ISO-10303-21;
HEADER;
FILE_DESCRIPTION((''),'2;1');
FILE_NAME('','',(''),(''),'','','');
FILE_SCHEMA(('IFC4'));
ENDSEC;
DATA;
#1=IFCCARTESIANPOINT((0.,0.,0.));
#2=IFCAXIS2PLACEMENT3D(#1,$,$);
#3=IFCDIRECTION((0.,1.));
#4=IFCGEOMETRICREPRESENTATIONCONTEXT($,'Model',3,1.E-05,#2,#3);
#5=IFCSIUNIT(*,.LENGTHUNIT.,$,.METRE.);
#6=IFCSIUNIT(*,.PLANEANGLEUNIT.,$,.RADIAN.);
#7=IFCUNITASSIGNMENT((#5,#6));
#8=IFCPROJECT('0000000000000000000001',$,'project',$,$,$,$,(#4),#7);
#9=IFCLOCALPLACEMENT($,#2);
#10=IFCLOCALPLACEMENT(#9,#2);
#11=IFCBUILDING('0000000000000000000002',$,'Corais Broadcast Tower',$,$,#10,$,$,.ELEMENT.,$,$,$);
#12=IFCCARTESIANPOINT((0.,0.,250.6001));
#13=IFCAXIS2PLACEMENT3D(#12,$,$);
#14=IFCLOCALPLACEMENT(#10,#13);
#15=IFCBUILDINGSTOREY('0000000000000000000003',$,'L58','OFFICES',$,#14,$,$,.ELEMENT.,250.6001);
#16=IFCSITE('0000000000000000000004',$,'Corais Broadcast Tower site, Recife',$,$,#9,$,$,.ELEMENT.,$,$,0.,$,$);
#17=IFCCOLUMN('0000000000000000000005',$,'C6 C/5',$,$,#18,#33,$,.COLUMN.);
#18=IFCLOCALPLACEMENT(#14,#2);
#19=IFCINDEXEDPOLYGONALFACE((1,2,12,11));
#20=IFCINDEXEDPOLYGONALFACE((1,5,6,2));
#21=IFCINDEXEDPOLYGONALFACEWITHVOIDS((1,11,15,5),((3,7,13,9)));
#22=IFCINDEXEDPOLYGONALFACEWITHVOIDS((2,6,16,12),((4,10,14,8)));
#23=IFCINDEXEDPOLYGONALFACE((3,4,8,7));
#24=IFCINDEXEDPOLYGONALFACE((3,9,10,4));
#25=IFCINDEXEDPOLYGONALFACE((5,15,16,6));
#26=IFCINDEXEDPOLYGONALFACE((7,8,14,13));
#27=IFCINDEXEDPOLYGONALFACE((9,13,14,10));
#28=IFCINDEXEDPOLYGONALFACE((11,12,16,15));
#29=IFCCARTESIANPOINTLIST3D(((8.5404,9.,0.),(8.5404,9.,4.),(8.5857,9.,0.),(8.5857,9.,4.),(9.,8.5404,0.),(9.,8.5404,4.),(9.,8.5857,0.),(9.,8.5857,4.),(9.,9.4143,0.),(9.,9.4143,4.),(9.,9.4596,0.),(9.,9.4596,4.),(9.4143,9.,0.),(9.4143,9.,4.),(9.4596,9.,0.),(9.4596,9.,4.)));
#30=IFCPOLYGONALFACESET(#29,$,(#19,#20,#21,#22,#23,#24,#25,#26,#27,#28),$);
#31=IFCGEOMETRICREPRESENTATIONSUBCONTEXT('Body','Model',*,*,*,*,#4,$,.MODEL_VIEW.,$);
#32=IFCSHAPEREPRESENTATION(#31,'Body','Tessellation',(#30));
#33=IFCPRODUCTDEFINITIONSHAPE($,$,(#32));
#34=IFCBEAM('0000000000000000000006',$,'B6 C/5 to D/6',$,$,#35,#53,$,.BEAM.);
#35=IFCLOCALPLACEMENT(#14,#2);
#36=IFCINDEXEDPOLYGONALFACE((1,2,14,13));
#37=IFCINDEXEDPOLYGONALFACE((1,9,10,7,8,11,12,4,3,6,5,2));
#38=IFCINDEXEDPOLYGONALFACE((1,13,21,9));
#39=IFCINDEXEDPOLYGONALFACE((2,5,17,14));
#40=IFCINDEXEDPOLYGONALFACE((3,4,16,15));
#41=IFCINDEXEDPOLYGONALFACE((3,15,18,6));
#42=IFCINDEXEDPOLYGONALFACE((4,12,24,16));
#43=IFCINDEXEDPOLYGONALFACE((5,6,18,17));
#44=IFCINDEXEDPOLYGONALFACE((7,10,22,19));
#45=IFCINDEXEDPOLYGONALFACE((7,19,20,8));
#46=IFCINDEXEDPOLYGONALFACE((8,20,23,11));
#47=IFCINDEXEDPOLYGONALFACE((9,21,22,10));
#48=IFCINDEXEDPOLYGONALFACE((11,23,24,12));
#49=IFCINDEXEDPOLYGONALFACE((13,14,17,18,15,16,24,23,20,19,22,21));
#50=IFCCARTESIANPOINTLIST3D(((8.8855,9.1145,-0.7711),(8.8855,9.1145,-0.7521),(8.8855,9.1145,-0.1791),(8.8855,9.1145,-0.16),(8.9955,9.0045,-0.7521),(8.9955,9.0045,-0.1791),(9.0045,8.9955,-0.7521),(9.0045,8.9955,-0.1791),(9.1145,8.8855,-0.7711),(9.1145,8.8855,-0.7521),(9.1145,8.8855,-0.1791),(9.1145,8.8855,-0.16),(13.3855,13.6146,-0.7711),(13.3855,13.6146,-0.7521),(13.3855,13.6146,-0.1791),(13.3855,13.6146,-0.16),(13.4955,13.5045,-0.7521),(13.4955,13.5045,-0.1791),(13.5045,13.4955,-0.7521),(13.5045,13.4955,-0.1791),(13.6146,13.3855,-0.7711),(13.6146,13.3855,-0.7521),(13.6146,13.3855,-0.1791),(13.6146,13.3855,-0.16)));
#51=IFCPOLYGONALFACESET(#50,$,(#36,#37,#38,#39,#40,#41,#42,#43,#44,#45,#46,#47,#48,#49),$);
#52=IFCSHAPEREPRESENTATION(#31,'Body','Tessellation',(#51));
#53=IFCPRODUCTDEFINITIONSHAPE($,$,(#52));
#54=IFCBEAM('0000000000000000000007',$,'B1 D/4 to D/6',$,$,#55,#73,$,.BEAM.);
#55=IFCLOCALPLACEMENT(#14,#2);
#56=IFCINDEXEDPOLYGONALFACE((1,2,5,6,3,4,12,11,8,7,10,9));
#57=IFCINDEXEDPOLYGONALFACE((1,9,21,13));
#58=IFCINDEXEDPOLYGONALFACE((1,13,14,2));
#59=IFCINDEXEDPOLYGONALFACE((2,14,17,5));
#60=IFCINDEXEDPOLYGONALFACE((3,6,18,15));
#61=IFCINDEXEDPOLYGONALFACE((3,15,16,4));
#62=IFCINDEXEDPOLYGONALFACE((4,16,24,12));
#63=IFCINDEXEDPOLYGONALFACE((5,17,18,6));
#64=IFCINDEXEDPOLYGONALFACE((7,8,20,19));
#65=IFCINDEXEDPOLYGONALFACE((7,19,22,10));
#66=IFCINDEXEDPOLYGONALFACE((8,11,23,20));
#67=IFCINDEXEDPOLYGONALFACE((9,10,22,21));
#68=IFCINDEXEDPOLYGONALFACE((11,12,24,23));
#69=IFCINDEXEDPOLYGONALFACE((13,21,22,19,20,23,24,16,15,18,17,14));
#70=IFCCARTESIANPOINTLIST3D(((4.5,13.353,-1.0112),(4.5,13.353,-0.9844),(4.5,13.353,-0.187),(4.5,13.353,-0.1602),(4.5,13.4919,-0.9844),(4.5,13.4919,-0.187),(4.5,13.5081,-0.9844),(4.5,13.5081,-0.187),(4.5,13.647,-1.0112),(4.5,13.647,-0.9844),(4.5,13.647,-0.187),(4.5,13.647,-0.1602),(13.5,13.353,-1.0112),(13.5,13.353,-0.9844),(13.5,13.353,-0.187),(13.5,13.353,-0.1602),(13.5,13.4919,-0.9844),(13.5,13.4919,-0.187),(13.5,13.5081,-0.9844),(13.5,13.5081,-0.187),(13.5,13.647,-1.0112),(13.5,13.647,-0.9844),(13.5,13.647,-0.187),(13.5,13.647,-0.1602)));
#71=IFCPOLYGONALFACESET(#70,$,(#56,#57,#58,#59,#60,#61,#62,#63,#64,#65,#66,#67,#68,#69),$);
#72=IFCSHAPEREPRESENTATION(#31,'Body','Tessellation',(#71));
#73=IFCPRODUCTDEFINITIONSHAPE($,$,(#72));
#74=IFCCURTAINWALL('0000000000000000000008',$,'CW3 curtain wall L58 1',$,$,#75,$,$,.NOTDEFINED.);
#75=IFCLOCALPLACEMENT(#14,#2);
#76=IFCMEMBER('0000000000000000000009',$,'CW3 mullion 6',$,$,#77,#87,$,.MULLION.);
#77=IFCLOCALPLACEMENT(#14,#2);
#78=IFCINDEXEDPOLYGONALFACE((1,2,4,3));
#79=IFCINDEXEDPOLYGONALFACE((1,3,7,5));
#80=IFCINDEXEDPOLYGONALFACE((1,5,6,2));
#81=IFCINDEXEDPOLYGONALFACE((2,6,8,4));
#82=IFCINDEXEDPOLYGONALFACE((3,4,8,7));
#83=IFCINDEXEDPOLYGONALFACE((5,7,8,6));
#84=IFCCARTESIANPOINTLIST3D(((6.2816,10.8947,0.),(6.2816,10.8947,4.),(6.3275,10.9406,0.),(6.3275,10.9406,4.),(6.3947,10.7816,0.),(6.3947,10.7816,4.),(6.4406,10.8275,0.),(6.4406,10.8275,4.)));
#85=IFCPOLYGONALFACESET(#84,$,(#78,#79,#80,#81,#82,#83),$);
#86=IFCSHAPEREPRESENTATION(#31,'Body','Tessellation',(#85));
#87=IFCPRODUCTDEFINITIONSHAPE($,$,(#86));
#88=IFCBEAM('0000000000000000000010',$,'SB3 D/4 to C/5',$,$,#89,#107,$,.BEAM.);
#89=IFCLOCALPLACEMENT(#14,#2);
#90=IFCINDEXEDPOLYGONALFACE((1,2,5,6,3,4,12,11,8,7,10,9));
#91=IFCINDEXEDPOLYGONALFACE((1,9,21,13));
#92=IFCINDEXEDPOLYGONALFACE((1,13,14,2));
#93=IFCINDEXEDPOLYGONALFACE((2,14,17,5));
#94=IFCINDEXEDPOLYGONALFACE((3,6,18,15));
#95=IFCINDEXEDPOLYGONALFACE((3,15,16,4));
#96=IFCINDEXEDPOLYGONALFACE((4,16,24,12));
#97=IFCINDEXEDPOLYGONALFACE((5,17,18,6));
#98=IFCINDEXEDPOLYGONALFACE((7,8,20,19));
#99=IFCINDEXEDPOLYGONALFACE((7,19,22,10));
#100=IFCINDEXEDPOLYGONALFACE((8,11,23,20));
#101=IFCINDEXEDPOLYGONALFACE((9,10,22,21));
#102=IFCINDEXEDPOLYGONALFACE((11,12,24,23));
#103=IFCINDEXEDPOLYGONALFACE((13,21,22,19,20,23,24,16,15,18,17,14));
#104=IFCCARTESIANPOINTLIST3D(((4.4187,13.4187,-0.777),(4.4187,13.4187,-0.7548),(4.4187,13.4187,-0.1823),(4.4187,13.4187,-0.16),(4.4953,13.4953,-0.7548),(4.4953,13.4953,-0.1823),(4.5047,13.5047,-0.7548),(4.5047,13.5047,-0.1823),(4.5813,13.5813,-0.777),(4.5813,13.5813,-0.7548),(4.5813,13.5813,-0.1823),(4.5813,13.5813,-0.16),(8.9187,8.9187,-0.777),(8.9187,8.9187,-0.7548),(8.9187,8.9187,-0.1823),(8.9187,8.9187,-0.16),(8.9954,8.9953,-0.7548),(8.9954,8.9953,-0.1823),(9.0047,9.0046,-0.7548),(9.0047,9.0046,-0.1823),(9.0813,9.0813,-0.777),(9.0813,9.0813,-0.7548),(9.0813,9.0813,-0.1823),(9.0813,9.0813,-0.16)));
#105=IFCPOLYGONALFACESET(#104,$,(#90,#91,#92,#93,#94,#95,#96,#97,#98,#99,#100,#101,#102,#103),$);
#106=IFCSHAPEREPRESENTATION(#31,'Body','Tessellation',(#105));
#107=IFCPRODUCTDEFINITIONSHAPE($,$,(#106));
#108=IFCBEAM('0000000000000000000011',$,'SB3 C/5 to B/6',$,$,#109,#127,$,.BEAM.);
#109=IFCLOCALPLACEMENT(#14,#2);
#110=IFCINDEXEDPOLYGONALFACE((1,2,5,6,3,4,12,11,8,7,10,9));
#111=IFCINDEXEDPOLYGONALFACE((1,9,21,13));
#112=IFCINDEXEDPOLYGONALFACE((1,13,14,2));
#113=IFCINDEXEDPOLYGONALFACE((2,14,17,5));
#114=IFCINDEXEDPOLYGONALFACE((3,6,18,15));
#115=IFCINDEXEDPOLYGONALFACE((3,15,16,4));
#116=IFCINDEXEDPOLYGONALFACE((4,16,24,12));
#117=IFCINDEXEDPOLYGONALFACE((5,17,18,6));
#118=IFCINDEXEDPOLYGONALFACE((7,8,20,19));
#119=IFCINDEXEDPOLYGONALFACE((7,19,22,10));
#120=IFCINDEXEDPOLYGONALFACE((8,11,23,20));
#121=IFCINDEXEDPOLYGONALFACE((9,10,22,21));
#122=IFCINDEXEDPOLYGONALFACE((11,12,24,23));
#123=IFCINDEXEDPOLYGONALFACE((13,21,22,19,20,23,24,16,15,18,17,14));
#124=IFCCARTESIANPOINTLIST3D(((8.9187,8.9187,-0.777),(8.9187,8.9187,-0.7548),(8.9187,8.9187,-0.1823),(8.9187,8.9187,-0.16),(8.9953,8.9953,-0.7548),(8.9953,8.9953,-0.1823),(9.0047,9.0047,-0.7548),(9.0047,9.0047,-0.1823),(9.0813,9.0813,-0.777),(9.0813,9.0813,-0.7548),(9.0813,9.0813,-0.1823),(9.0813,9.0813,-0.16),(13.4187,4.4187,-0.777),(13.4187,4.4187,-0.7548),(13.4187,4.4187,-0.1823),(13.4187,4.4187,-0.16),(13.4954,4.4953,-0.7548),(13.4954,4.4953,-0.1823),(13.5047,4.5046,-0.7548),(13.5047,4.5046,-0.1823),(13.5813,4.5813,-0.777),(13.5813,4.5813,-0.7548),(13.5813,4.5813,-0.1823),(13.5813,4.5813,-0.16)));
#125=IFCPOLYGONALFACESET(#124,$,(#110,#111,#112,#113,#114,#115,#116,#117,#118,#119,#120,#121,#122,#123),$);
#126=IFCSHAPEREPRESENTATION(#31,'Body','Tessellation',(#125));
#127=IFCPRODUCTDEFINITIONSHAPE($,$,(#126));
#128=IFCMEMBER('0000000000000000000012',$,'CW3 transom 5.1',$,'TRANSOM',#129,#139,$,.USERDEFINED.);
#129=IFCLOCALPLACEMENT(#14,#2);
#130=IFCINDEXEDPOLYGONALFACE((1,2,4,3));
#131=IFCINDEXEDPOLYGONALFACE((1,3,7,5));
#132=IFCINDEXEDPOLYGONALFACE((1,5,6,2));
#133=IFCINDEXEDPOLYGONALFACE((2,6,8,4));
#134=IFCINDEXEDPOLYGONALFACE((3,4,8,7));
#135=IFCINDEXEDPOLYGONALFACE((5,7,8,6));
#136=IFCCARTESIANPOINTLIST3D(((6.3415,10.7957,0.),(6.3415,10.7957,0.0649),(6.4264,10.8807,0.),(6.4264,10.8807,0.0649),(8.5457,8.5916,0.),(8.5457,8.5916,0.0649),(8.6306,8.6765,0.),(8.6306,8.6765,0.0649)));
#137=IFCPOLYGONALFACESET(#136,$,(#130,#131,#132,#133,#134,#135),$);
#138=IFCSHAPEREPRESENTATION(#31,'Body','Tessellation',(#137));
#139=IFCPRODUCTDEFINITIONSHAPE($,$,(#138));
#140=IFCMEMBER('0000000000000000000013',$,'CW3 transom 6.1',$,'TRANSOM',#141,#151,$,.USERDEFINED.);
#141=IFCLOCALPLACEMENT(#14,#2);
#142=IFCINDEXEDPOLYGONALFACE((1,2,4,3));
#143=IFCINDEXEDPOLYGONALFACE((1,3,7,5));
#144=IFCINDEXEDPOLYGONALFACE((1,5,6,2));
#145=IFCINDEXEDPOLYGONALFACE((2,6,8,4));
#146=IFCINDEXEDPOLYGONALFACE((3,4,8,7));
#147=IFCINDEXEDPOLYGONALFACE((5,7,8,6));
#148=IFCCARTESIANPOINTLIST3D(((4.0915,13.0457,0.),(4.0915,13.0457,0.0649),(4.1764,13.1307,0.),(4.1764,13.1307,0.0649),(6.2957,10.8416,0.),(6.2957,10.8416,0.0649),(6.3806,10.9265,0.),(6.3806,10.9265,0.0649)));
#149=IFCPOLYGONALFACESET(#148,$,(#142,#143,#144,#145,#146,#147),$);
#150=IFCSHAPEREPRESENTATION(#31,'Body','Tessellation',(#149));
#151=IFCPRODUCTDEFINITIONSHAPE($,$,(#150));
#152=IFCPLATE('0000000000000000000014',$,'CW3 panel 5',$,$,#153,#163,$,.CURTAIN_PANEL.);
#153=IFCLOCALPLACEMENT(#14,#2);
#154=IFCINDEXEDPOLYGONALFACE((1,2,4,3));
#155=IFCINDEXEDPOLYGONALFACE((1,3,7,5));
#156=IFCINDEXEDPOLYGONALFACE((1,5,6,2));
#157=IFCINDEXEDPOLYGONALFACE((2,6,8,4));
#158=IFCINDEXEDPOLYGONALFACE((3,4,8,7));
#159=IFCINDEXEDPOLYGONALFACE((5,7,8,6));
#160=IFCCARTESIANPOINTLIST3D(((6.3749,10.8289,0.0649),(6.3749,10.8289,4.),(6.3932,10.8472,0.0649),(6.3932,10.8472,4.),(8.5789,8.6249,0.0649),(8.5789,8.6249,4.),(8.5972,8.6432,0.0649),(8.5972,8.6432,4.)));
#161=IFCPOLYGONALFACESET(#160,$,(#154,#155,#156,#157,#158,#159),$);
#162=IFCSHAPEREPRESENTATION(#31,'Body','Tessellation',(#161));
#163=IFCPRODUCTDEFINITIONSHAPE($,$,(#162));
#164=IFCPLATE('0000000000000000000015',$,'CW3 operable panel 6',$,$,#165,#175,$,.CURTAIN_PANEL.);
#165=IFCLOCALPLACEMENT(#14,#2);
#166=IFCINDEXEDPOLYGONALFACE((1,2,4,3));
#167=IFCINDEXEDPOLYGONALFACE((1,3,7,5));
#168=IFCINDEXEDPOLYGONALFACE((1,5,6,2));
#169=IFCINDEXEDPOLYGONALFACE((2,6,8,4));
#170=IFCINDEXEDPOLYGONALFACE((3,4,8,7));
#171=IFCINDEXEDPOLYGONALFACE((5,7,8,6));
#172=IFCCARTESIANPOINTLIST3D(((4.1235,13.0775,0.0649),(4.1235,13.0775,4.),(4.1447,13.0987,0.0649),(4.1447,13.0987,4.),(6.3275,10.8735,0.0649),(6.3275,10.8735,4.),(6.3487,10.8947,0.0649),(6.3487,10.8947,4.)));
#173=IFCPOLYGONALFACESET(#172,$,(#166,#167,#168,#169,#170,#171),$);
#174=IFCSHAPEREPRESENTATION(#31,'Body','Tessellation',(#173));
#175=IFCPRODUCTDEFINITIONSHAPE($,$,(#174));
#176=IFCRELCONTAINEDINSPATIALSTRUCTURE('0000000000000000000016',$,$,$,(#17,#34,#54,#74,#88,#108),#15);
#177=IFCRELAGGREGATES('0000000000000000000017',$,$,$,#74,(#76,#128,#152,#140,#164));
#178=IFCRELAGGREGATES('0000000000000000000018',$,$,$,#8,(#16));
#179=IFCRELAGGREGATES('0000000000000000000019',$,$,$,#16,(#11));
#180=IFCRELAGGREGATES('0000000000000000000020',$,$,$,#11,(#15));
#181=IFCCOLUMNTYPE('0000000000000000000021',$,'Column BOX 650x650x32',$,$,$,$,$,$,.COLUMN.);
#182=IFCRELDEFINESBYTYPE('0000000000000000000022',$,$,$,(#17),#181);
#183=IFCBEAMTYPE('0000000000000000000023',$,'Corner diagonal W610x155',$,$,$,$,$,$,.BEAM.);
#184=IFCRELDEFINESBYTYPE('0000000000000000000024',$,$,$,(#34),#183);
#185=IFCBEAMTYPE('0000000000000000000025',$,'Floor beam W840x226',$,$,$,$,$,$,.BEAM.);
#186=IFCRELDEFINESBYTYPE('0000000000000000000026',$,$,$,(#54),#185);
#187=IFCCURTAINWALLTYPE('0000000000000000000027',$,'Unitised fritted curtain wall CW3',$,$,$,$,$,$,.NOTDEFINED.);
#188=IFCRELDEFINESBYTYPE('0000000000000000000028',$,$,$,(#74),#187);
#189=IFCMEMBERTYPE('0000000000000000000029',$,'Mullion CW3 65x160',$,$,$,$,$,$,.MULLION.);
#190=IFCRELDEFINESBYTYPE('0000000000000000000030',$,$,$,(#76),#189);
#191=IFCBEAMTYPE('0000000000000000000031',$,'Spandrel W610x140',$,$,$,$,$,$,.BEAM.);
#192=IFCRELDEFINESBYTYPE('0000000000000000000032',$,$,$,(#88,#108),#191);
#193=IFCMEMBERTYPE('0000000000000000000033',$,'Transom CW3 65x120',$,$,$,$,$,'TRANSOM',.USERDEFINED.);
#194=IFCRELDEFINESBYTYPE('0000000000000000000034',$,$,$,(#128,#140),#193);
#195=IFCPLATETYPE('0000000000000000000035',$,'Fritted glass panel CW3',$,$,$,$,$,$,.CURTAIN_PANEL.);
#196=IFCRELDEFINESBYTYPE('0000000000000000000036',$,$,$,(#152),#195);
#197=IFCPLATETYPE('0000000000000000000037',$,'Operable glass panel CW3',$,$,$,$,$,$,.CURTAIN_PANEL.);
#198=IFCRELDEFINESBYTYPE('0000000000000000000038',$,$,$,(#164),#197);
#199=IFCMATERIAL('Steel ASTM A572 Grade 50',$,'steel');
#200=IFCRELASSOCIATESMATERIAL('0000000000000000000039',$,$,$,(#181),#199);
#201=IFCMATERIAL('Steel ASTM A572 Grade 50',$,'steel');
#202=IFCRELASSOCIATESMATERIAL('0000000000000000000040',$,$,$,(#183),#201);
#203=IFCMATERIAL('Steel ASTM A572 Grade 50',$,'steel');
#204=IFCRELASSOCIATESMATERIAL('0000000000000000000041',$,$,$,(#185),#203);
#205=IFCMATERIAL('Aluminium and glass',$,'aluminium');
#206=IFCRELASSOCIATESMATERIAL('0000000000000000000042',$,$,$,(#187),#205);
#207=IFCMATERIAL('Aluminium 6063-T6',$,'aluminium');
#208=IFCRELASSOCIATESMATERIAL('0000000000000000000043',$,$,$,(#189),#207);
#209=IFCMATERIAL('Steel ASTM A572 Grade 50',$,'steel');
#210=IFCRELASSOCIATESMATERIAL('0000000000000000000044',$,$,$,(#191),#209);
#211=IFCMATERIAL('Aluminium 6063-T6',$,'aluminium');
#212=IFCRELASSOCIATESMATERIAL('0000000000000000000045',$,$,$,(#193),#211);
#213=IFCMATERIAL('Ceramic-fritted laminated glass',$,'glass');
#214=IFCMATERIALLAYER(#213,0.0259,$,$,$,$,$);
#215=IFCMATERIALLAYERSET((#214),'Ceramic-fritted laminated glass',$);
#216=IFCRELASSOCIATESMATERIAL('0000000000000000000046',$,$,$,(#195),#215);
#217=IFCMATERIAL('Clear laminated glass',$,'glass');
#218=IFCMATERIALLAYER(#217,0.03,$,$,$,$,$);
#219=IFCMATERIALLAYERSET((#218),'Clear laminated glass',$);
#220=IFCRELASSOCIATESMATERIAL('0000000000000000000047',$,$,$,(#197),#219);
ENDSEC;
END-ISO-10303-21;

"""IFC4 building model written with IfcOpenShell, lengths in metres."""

from ifc_helpers import new_model, si_unit, direction, frame, origin, origin_2d, place, context, subcontext, project, spatial, rectangle, hollow_rectangle, i_section, extrude, material, layer, layer_set, material_profile, profile_set, type_object, element, aggregate, save


model = new_model("IFC4")

# Units and contexts
model_context = context("Model", 3, precision=1e-05, world=origin(), true_north=direction((0.0, 1.0)))
body_context = subcontext(model_context, "Body", "Model", "MODEL_VIEW")
ifc_project = project(units=[si_unit("LENGTHUNIT", "METRE"), si_unit("PLANEANGLEUNIT", "RADIAN")], contexts=[model_context])

# Site, building, storey
site_placement = place(None, origin())
site = spatial("IfcSite", under=ifc_project, at=site_placement, Name="Corais Broadcast Tower site, Recife", CompositionType="ELEMENT", RefElevation=0.0)
building_placement = place(site_placement, origin())
building = spatial("IfcBuilding", under=site, at=building_placement, Name="Corais Broadcast Tower", CompositionType="ELEMENT")
storey_placement = place(building_placement, frame((0.0, 0.0, 250.6001)))
storey = spatial("IfcBuildingStorey", under=building, at=storey_placement, Name="L58", Description="OFFICES", CompositionType="ELEMENT", Elevation=250.6001)

# Column
ifc_material_1 = material(Name="Steel ASTM A572 Grade 50", Category="steel")
ifc_material_profile_1 = material_profile(ifc_material_1, hollow_rectangle(XDim=0.6499, YDim=0.6499, WallThickness=0.032, at=origin_2d()), Name="BOX 650x650x32")
ifc_profile_set_1 = profile_set([ifc_material_profile_1], Name="Steel ASTM A572 Grade 50")
column_type = type_object("IfcColumnType", Name="Column BOX 650x650x32", PredefinedType="COLUMN", material=ifc_profile_set_1)
column_placement = place(storey_placement, frame((9.0, 9.0, 0.0), z_axis=(0.0, 0.0, 1.0), x_axis=(0.707107, 0.707107, 0.0)))
element("IfcColumn", 1, at=column_placement, inside=storey, type_object=column_type, Name="C6 C/5", PredefinedType="COLUMN", context=body_context, shape_type="SweptSolid", body=[
    extrude(hollow_rectangle(XDim=0.6499, YDim=0.6499, WallThickness=0.032, at=origin_2d()), origin(), (0.0, 0.0, 1.0), 4.0),
])

# Beams
ifc_material_2 = material(Name="Steel ASTM A572 Grade 50", Category="steel")
ifc_material_profile_2 = material_profile(ifc_material_2, i_section(OverallWidth=0.324, OverallDepth=0.6111, WebThickness=0.0127, FlangeThickness=0.019, at=origin_2d()), Name="W610x155")
ifc_profile_set_2 = profile_set([ifc_material_profile_2], Name="Steel ASTM A572 Grade 50")
beam_type_1 = type_object("IfcBeamType", Name="Corner diagonal W610x155", PredefinedType="BEAM", material=ifc_profile_set_2)
beam_1_placement = place(storey_placement, frame((9.0, 9.0, -0.4656), z_axis=(0.707107, 0.707107, 0.0), x_axis=(-0.707107, 0.707107, 0.0)))
element("IfcBeam", 2, at=beam_1_placement, inside=storey, type_object=beam_type_1, Name="B6 C/5 to D/6", PredefinedType="BEAM", context=body_context, shape_type="SweptSolid", body=[
    extrude(i_section(OverallWidth=0.324, OverallDepth=0.6111, WebThickness=0.0127, FlangeThickness=0.019, at=origin_2d()), origin(), (0.0, 0.0, 1.0), 6.364),
])
ifc_material_3 = material(Name="Steel ASTM A572 Grade 50", Category="steel")
ifc_material_profile_3 = material_profile(ifc_material_3, i_section(OverallWidth=0.2939, OverallDepth=0.8511, WebThickness=0.0161, FlangeThickness=0.0269, at=origin_2d()), Name="W840x226")
ifc_profile_set_3 = profile_set([ifc_material_profile_3], Name="Steel ASTM A572 Grade 50")
beam_type_2 = type_object("IfcBeamType", Name="Floor beam W840x226", PredefinedType="BEAM", material=ifc_profile_set_3)
beam_2_placement = place(storey_placement, frame((4.5, 13.5, -0.5857), z_axis=(1.0, 0.0, 0.0), x_axis=(0.0, 1.0, 0.0)))
element("IfcBeam", 3, at=beam_2_placement, inside=storey, type_object=beam_type_2, Name="B1 D/4 to D/6", PredefinedType="BEAM", context=body_context, shape_type="SweptSolid", body=[
    extrude(i_section(OverallWidth=0.2939, OverallDepth=0.8511, WebThickness=0.0161, FlangeThickness=0.0269, at=origin_2d()), origin(), (0.0, 0.0, 1.0), 9.0),
])

# Curtain wall, member
ifc_material_4 = material(Name="Aluminium and glass", Category="aluminium")
curtain_wall_type = type_object("IfcCurtainWallType", Name="Unitised fritted curtain wall CW3", PredefinedType="NOTDEFINED", material=ifc_material_4)
curtain_wall_placement = place(storey_placement, origin())
curtain_wall = element("IfcCurtainWall", 4, at=curtain_wall_placement, inside=storey, type_object=curtain_wall_type, Name="CW3 curtain wall L58 1", PredefinedType="NOTDEFINED")
ifc_material_5 = material(Name="Aluminium 6063-T6", Category="aluminium")
ifc_material_profile_4 = material_profile(ifc_material_5, rectangle(XDim=0.0649, YDim=0.1599, at=origin_2d()), Name="Mullion CW3 65x160")
ifc_profile_set_4 = profile_set([ifc_material_profile_4], Name="Aluminium 6063-T6")
member_type_1 = type_object("IfcMemberType", Name="Mullion CW3 65x160", PredefinedType="MULLION", material=ifc_profile_set_4)
member_1_placement = place(storey_placement, frame((6.3611, 10.8611, 0.0), z_axis=(0.0, 0.0, 1.0), x_axis=(-0.707107, -0.707107, 0.0)))
member_1 = element("IfcMember", 5, at=member_1_placement, type_object=member_type_1, Name="CW3 mullion 6", PredefinedType="MULLION", context=body_context, shape_type="SweptSolid", body=[
    extrude(rectangle(XDim=0.0649, YDim=0.1599, at=origin_2d()), origin(), (0.0, 0.0, 1.0), 4.0),
])

# Beams
ifc_material_6 = material(Name="Steel ASTM A572 Grade 50", Category="steel")
ifc_material_profile_5 = material_profile(ifc_material_6, i_section(OverallWidth=0.23, OverallDepth=0.6169, WebThickness=0.0132, FlangeThickness=0.0222, at=origin_2d()), Name="W610x140")
ifc_profile_set_5 = profile_set([ifc_material_profile_5], Name="Steel ASTM A572 Grade 50")
beam_type_3 = type_object("IfcBeamType", Name="Spandrel W610x140", PredefinedType="BEAM", material=ifc_profile_set_5)
for number, where, z_axis, x_axis, name in (
    (6, (4.5, 13.5, -0.4685), (0.707107, -0.707107, 0.0), (0.707107, 0.707107, 0.0), "SB3 D/4 to C/5"),
    (7, (9.0, 9.0, -0.4685), (0.707107, -0.707107, 0.0), (0.707107, 0.707107, 0.0), "SB3 C/5 to B/6"),
):
    element("IfcBeam", number, at=place(storey_placement, frame(where, z_axis=z_axis, x_axis=x_axis)), inside=storey, type_object=beam_type_3, Name=name, PredefinedType="BEAM", context=body_context, shape_type="SweptSolid", body=[
        extrude(i_section(OverallWidth=0.23, OverallDepth=0.6169, WebThickness=0.0132, FlangeThickness=0.0222, at=origin_2d()), origin(), (0.0, 0.0, 1.0), 6.364),
    ])

# Members
ifc_material_7 = material(Name="Aluminium 6063-T6", Category="aluminium")
ifc_material_profile_6 = material_profile(ifc_material_7, rectangle(XDim=0.1201, YDim=0.0649, at=origin_2d()), Name="Transom CW3 65x120")
ifc_profile_set_6 = profile_set([ifc_material_profile_6], Name="Aluminium 6063-T6")
member_type_2 = type_object("IfcMemberType", Name="Transom CW3 65x120", ElementType="TRANSOM", PredefinedType="USERDEFINED", material=ifc_profile_set_6)
member_2_placement = place(storey_placement, frame((8.5881, 8.634, 0.0325), z_axis=(-0.707107, 0.707107, 0.0), x_axis=(-0.707107, -0.707107, 0.0)))
member_2 = element("IfcMember", 8, at=member_2_placement, type_object=member_type_2, Name="CW3 transom 5.1", ObjectType="TRANSOM", PredefinedType="USERDEFINED", context=body_context, shape_type="SweptSolid", body=[
    extrude(rectangle(XDim=0.1201, YDim=0.0649, at=origin_2d()), origin(), (0.0, 0.0, 1.0), 3.1172),
])
member_3_placement = place(storey_placement, frame((6.3381, 10.884, 0.0325), z_axis=(-0.707107, 0.707107, 0.0), x_axis=(-0.707107, -0.707107, 0.0)))
member_3 = element("IfcMember", 9, at=member_3_placement, type_object=member_type_2, Name="CW3 transom 6.1", ObjectType="TRANSOM", PredefinedType="USERDEFINED", context=body_context, shape_type="SweptSolid", body=[
    extrude(rectangle(XDim=0.1201, YDim=0.0649, at=origin_2d()), origin(), (0.0, 0.0, 1.0), 3.1172),
])

# Plates
ifc_material_8 = material(Name="Ceramic-fritted laminated glass", Category="glass")
ifc_layer_1 = layer(ifc_material_8, 0.0259)
ifc_layer_set_1 = layer_set([ifc_layer_1], Name="Ceramic-fritted laminated glass")
plate_type_1 = type_object("IfcPlateType", Name="Fritted glass panel CW3", PredefinedType="CURTAIN_PANEL", material=ifc_layer_set_1)
plate_1_placement = place(storey_placement, frame((7.4861, 9.7361, 0.0649), z_axis=(0.0, 0.0, 1.0), x_axis=(-0.707107, 0.707107, 0.0)))
plate_1 = element("IfcPlate", 10, at=plate_1_placement, type_object=plate_type_1, Name="CW3 panel 5", PredefinedType="CURTAIN_PANEL", context=body_context, shape_type="SweptSolid", body=[
    extrude(rectangle(XDim=3.1169, YDim=0.0259, at=origin_2d()), origin(), (0.0, 0.0, 1.0), 3.9351),
])
ifc_material_9 = material(Name="Clear laminated glass", Category="glass")
ifc_layer_2 = layer(ifc_material_9, 0.03)
ifc_layer_set_2 = layer_set([ifc_layer_2], Name="Clear laminated glass")
plate_type_2 = type_object("IfcPlateType", Name="Operable glass panel CW3", PredefinedType="CURTAIN_PANEL", material=ifc_layer_set_2)
plate_2_placement = place(storey_placement, frame((5.2361, 11.9861, 0.0649), z_axis=(0.0, 0.0, 1.0), x_axis=(-0.707107, 0.707107, 0.0)))
plate_2 = element("IfcPlate", 11, at=plate_2_placement, type_object=plate_type_2, Name="CW3 operable panel 6", PredefinedType="CURTAIN_PANEL", context=body_context, shape_type="SweptSolid", body=[
    extrude(rectangle(XDim=3.1169, YDim=0.03, at=origin_2d()), origin(), (0.0, 0.0, 1.0), 3.9351),
])
aggregate(curtain_wall, [member_1, member_2, plate_1, member_3, plate_2])

save(model, "model.ifc")
